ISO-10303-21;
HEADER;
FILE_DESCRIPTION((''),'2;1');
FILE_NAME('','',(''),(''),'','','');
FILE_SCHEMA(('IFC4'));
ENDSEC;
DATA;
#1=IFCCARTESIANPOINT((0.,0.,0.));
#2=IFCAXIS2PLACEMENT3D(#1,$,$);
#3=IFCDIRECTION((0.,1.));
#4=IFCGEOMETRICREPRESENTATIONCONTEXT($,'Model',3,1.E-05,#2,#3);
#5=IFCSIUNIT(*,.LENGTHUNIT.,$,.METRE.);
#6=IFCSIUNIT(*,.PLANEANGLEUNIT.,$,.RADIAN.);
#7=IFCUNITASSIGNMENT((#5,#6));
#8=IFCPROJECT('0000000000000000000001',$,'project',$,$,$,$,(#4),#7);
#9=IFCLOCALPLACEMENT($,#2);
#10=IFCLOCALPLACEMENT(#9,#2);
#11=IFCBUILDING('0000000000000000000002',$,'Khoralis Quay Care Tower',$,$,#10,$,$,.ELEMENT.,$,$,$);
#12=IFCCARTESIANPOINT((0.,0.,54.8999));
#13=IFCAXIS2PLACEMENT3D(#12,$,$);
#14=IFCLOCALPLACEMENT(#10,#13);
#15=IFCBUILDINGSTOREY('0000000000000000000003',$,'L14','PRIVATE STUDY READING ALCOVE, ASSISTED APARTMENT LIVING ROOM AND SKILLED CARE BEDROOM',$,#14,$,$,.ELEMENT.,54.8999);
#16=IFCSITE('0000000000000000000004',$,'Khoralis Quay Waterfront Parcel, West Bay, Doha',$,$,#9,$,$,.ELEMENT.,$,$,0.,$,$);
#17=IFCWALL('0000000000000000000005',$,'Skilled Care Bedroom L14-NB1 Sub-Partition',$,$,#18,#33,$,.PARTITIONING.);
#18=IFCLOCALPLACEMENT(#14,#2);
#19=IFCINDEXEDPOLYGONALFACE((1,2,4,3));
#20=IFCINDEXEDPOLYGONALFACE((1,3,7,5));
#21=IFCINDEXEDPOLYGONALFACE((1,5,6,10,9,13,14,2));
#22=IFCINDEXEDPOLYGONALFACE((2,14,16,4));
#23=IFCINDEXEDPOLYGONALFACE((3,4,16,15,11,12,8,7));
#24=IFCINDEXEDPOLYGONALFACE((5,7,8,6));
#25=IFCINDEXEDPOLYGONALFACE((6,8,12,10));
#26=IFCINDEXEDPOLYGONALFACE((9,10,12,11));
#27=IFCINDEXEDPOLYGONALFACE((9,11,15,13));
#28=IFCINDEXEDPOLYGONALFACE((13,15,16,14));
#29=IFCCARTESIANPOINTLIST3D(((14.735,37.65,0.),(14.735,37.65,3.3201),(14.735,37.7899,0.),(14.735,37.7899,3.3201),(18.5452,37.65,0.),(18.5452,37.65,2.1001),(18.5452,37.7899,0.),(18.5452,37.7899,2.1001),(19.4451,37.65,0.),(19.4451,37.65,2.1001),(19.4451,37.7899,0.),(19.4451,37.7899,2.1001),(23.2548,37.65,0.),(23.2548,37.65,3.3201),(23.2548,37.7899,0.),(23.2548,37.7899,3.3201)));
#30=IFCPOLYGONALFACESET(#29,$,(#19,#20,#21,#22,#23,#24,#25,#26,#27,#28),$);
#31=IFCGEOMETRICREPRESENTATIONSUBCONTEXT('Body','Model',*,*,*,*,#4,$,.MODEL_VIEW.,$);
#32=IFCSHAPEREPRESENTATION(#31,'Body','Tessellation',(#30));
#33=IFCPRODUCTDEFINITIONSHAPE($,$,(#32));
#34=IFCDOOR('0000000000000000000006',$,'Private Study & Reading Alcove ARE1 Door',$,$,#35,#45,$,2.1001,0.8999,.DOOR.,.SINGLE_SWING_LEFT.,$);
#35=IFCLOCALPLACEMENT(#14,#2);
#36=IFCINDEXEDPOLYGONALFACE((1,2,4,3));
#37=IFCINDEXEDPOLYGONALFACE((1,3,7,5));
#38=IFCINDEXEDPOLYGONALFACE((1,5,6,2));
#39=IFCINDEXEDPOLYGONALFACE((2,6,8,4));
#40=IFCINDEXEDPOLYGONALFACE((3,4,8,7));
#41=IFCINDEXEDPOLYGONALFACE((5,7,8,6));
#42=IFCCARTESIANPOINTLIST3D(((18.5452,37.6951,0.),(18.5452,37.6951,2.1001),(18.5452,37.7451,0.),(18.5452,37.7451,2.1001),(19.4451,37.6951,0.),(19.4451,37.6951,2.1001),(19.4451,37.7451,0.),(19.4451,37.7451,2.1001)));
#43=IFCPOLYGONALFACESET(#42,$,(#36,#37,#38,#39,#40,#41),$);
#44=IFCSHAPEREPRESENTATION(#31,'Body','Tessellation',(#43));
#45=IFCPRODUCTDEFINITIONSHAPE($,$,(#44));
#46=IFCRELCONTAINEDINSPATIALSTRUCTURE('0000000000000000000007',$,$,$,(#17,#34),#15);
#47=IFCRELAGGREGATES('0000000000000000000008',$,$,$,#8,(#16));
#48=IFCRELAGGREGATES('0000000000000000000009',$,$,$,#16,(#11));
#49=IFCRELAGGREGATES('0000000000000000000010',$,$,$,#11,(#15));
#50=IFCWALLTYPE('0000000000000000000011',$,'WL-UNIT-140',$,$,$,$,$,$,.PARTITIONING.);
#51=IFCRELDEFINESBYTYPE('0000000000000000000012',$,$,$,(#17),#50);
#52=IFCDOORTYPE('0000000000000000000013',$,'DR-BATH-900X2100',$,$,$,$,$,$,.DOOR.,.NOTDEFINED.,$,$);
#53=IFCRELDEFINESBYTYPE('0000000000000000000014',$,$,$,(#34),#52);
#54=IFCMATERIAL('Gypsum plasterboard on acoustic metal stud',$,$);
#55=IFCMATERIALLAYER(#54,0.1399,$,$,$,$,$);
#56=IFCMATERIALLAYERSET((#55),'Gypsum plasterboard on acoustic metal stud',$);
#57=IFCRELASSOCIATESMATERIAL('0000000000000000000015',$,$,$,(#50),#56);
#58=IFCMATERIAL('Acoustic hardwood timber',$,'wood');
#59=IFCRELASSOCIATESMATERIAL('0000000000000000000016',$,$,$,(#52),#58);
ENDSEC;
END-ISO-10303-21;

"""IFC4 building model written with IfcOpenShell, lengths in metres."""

from ifc_helpers import new_model, si_unit, direction, frame, frame_2d, origin, place, context, subcontext, project, spatial, rectangle, extrude, source, transform, mapped, material, layer, layer_set, type_object, element, fill, save


model = new_model("IFC4")

# Units and contexts
model_context = context("Model", 3, precision=1e-05, world=origin(), true_north=direction((0.0, 1.0)))
body_context = subcontext(model_context, "Body", "Model", "MODEL_VIEW")
ifc_project = project(units=[si_unit("LENGTHUNIT", "METRE"), si_unit("PLANEANGLEUNIT", "RADIAN")], contexts=[model_context])

# Site, building, storey
site_placement = place(None, origin())
site = spatial("IfcSite", under=ifc_project, at=site_placement, Name="Khoralis Quay Waterfront Parcel, West Bay, Doha", CompositionType="ELEMENT", RefElevation=0.0)
building_placement = place(site_placement, origin())
building = spatial("IfcBuilding", under=site, at=building_placement, Name="Khoralis Quay Care Tower", CompositionType="ELEMENT")
storey_placement = place(building_placement, frame((0.0, 0.0, 54.8999)))
storey = spatial("IfcBuildingStorey", under=building, at=storey_placement, Name="L14", Description="PRIVATE STUDY READING ALCOVE, ASSISTED APARTMENT LIVING ROOM AND SKILLED CARE BEDROOM", CompositionType="ELEMENT", Elevation=54.8999)

# Shared definitions
ifc_material_1 = material(Name="Gypsum plasterboard on acoustic metal stud")
ifc_layer_1 = layer(ifc_material_1, 0.1399)
ifc_layer_set_1 = layer_set([ifc_layer_1], Name="Gypsum plasterboard on acoustic metal stud")
wall_type_1 = type_object("IfcWallType", Name="WL-UNIT-140", PredefinedType="PARTITIONING", material=ifc_layer_set_1)

# Wall, opening, door
wall_1_placement = place(storey_placement, frame((14.7351, 37.72, 0.0), z_axis=(0.0, 0.0, 1.0), x_axis=(1.0, 0.0, 0.0)))
wall_1 = element("IfcWall", 1, at=wall_1_placement, inside=storey, type_object=wall_type_1, Name="Skilled Care Bedroom L14-NB1 Sub-Partition", PredefinedType="PARTITIONING", context=body_context, shape_type="SweptSolid", body=[
    extrude(rectangle(XDim=8.5198, YDim=0.1399, at=frame_2d((4.2598, 0.0))), origin(), (0.0, 0.0, 1.0), 3.3201),
])
opening_1_placement = place(wall_1_placement, frame((3.8101, 0.0, 0.0)))
opening_1 = element("IfcOpeningElement", 2, at=opening_1_placement, cuts=wall_1, PredefinedType="OPENING", context=body_context, shape_type="SweptSolid", body=[
    extrude(rectangle(XDim=0.8999, YDim=2.1001, at=frame_2d((0.45, 1.05))), frame((0.0, 0.0801, 0.0), z_axis=(0.0, -1.0, 0.0), x_axis=(1.0, 0.0, 0.0)), (0.0, 0.0, 1.0), 0.1599),
])
ifc_material_2 = material(Name="Acoustic hardwood timber", Category="wood")
door_type = type_object("IfcDoorType", Name="DR-BATH-900X2100", OperationType="NOTDEFINED", PredefinedType="DOOR", material=ifc_material_2)
shared_shape_1 = source(origin(), body_context, "Body", "SweptSolid", [
    extrude(rectangle(XDim=0.8999, YDim=2.1001, at=frame_2d((0.45, 1.05))), frame((0.0, 0.0249, 0.0), z_axis=(0.0, -1.0, 0.0), x_axis=(1.0, 0.0, 0.0)), (0.0, 0.0, 1.0), 0.05),
])
door_placement = place(opening_1_placement, frame((0.8999, 0.0, 0.0), z_axis=(0.0, 0.0, 1.0), x_axis=(-1.0, 0.0, 0.0)))
door = element("IfcDoor", 3, at=door_placement, inside=storey, type_object=door_type, Name="Private Study & Reading Alcove ARE1 Door", OperationType="SINGLE_SWING_LEFT", OverallHeight=2.1001, OverallWidth=0.8999, PredefinedType="DOOR", context=body_context, shape_type="MappedRepresentation", body=[
    mapped(shared_shape_1, transform((0.0, 0.0, 0.0), scale=1.0)),
])
fill(opening_1, door)

save(model, "model.ifc")
